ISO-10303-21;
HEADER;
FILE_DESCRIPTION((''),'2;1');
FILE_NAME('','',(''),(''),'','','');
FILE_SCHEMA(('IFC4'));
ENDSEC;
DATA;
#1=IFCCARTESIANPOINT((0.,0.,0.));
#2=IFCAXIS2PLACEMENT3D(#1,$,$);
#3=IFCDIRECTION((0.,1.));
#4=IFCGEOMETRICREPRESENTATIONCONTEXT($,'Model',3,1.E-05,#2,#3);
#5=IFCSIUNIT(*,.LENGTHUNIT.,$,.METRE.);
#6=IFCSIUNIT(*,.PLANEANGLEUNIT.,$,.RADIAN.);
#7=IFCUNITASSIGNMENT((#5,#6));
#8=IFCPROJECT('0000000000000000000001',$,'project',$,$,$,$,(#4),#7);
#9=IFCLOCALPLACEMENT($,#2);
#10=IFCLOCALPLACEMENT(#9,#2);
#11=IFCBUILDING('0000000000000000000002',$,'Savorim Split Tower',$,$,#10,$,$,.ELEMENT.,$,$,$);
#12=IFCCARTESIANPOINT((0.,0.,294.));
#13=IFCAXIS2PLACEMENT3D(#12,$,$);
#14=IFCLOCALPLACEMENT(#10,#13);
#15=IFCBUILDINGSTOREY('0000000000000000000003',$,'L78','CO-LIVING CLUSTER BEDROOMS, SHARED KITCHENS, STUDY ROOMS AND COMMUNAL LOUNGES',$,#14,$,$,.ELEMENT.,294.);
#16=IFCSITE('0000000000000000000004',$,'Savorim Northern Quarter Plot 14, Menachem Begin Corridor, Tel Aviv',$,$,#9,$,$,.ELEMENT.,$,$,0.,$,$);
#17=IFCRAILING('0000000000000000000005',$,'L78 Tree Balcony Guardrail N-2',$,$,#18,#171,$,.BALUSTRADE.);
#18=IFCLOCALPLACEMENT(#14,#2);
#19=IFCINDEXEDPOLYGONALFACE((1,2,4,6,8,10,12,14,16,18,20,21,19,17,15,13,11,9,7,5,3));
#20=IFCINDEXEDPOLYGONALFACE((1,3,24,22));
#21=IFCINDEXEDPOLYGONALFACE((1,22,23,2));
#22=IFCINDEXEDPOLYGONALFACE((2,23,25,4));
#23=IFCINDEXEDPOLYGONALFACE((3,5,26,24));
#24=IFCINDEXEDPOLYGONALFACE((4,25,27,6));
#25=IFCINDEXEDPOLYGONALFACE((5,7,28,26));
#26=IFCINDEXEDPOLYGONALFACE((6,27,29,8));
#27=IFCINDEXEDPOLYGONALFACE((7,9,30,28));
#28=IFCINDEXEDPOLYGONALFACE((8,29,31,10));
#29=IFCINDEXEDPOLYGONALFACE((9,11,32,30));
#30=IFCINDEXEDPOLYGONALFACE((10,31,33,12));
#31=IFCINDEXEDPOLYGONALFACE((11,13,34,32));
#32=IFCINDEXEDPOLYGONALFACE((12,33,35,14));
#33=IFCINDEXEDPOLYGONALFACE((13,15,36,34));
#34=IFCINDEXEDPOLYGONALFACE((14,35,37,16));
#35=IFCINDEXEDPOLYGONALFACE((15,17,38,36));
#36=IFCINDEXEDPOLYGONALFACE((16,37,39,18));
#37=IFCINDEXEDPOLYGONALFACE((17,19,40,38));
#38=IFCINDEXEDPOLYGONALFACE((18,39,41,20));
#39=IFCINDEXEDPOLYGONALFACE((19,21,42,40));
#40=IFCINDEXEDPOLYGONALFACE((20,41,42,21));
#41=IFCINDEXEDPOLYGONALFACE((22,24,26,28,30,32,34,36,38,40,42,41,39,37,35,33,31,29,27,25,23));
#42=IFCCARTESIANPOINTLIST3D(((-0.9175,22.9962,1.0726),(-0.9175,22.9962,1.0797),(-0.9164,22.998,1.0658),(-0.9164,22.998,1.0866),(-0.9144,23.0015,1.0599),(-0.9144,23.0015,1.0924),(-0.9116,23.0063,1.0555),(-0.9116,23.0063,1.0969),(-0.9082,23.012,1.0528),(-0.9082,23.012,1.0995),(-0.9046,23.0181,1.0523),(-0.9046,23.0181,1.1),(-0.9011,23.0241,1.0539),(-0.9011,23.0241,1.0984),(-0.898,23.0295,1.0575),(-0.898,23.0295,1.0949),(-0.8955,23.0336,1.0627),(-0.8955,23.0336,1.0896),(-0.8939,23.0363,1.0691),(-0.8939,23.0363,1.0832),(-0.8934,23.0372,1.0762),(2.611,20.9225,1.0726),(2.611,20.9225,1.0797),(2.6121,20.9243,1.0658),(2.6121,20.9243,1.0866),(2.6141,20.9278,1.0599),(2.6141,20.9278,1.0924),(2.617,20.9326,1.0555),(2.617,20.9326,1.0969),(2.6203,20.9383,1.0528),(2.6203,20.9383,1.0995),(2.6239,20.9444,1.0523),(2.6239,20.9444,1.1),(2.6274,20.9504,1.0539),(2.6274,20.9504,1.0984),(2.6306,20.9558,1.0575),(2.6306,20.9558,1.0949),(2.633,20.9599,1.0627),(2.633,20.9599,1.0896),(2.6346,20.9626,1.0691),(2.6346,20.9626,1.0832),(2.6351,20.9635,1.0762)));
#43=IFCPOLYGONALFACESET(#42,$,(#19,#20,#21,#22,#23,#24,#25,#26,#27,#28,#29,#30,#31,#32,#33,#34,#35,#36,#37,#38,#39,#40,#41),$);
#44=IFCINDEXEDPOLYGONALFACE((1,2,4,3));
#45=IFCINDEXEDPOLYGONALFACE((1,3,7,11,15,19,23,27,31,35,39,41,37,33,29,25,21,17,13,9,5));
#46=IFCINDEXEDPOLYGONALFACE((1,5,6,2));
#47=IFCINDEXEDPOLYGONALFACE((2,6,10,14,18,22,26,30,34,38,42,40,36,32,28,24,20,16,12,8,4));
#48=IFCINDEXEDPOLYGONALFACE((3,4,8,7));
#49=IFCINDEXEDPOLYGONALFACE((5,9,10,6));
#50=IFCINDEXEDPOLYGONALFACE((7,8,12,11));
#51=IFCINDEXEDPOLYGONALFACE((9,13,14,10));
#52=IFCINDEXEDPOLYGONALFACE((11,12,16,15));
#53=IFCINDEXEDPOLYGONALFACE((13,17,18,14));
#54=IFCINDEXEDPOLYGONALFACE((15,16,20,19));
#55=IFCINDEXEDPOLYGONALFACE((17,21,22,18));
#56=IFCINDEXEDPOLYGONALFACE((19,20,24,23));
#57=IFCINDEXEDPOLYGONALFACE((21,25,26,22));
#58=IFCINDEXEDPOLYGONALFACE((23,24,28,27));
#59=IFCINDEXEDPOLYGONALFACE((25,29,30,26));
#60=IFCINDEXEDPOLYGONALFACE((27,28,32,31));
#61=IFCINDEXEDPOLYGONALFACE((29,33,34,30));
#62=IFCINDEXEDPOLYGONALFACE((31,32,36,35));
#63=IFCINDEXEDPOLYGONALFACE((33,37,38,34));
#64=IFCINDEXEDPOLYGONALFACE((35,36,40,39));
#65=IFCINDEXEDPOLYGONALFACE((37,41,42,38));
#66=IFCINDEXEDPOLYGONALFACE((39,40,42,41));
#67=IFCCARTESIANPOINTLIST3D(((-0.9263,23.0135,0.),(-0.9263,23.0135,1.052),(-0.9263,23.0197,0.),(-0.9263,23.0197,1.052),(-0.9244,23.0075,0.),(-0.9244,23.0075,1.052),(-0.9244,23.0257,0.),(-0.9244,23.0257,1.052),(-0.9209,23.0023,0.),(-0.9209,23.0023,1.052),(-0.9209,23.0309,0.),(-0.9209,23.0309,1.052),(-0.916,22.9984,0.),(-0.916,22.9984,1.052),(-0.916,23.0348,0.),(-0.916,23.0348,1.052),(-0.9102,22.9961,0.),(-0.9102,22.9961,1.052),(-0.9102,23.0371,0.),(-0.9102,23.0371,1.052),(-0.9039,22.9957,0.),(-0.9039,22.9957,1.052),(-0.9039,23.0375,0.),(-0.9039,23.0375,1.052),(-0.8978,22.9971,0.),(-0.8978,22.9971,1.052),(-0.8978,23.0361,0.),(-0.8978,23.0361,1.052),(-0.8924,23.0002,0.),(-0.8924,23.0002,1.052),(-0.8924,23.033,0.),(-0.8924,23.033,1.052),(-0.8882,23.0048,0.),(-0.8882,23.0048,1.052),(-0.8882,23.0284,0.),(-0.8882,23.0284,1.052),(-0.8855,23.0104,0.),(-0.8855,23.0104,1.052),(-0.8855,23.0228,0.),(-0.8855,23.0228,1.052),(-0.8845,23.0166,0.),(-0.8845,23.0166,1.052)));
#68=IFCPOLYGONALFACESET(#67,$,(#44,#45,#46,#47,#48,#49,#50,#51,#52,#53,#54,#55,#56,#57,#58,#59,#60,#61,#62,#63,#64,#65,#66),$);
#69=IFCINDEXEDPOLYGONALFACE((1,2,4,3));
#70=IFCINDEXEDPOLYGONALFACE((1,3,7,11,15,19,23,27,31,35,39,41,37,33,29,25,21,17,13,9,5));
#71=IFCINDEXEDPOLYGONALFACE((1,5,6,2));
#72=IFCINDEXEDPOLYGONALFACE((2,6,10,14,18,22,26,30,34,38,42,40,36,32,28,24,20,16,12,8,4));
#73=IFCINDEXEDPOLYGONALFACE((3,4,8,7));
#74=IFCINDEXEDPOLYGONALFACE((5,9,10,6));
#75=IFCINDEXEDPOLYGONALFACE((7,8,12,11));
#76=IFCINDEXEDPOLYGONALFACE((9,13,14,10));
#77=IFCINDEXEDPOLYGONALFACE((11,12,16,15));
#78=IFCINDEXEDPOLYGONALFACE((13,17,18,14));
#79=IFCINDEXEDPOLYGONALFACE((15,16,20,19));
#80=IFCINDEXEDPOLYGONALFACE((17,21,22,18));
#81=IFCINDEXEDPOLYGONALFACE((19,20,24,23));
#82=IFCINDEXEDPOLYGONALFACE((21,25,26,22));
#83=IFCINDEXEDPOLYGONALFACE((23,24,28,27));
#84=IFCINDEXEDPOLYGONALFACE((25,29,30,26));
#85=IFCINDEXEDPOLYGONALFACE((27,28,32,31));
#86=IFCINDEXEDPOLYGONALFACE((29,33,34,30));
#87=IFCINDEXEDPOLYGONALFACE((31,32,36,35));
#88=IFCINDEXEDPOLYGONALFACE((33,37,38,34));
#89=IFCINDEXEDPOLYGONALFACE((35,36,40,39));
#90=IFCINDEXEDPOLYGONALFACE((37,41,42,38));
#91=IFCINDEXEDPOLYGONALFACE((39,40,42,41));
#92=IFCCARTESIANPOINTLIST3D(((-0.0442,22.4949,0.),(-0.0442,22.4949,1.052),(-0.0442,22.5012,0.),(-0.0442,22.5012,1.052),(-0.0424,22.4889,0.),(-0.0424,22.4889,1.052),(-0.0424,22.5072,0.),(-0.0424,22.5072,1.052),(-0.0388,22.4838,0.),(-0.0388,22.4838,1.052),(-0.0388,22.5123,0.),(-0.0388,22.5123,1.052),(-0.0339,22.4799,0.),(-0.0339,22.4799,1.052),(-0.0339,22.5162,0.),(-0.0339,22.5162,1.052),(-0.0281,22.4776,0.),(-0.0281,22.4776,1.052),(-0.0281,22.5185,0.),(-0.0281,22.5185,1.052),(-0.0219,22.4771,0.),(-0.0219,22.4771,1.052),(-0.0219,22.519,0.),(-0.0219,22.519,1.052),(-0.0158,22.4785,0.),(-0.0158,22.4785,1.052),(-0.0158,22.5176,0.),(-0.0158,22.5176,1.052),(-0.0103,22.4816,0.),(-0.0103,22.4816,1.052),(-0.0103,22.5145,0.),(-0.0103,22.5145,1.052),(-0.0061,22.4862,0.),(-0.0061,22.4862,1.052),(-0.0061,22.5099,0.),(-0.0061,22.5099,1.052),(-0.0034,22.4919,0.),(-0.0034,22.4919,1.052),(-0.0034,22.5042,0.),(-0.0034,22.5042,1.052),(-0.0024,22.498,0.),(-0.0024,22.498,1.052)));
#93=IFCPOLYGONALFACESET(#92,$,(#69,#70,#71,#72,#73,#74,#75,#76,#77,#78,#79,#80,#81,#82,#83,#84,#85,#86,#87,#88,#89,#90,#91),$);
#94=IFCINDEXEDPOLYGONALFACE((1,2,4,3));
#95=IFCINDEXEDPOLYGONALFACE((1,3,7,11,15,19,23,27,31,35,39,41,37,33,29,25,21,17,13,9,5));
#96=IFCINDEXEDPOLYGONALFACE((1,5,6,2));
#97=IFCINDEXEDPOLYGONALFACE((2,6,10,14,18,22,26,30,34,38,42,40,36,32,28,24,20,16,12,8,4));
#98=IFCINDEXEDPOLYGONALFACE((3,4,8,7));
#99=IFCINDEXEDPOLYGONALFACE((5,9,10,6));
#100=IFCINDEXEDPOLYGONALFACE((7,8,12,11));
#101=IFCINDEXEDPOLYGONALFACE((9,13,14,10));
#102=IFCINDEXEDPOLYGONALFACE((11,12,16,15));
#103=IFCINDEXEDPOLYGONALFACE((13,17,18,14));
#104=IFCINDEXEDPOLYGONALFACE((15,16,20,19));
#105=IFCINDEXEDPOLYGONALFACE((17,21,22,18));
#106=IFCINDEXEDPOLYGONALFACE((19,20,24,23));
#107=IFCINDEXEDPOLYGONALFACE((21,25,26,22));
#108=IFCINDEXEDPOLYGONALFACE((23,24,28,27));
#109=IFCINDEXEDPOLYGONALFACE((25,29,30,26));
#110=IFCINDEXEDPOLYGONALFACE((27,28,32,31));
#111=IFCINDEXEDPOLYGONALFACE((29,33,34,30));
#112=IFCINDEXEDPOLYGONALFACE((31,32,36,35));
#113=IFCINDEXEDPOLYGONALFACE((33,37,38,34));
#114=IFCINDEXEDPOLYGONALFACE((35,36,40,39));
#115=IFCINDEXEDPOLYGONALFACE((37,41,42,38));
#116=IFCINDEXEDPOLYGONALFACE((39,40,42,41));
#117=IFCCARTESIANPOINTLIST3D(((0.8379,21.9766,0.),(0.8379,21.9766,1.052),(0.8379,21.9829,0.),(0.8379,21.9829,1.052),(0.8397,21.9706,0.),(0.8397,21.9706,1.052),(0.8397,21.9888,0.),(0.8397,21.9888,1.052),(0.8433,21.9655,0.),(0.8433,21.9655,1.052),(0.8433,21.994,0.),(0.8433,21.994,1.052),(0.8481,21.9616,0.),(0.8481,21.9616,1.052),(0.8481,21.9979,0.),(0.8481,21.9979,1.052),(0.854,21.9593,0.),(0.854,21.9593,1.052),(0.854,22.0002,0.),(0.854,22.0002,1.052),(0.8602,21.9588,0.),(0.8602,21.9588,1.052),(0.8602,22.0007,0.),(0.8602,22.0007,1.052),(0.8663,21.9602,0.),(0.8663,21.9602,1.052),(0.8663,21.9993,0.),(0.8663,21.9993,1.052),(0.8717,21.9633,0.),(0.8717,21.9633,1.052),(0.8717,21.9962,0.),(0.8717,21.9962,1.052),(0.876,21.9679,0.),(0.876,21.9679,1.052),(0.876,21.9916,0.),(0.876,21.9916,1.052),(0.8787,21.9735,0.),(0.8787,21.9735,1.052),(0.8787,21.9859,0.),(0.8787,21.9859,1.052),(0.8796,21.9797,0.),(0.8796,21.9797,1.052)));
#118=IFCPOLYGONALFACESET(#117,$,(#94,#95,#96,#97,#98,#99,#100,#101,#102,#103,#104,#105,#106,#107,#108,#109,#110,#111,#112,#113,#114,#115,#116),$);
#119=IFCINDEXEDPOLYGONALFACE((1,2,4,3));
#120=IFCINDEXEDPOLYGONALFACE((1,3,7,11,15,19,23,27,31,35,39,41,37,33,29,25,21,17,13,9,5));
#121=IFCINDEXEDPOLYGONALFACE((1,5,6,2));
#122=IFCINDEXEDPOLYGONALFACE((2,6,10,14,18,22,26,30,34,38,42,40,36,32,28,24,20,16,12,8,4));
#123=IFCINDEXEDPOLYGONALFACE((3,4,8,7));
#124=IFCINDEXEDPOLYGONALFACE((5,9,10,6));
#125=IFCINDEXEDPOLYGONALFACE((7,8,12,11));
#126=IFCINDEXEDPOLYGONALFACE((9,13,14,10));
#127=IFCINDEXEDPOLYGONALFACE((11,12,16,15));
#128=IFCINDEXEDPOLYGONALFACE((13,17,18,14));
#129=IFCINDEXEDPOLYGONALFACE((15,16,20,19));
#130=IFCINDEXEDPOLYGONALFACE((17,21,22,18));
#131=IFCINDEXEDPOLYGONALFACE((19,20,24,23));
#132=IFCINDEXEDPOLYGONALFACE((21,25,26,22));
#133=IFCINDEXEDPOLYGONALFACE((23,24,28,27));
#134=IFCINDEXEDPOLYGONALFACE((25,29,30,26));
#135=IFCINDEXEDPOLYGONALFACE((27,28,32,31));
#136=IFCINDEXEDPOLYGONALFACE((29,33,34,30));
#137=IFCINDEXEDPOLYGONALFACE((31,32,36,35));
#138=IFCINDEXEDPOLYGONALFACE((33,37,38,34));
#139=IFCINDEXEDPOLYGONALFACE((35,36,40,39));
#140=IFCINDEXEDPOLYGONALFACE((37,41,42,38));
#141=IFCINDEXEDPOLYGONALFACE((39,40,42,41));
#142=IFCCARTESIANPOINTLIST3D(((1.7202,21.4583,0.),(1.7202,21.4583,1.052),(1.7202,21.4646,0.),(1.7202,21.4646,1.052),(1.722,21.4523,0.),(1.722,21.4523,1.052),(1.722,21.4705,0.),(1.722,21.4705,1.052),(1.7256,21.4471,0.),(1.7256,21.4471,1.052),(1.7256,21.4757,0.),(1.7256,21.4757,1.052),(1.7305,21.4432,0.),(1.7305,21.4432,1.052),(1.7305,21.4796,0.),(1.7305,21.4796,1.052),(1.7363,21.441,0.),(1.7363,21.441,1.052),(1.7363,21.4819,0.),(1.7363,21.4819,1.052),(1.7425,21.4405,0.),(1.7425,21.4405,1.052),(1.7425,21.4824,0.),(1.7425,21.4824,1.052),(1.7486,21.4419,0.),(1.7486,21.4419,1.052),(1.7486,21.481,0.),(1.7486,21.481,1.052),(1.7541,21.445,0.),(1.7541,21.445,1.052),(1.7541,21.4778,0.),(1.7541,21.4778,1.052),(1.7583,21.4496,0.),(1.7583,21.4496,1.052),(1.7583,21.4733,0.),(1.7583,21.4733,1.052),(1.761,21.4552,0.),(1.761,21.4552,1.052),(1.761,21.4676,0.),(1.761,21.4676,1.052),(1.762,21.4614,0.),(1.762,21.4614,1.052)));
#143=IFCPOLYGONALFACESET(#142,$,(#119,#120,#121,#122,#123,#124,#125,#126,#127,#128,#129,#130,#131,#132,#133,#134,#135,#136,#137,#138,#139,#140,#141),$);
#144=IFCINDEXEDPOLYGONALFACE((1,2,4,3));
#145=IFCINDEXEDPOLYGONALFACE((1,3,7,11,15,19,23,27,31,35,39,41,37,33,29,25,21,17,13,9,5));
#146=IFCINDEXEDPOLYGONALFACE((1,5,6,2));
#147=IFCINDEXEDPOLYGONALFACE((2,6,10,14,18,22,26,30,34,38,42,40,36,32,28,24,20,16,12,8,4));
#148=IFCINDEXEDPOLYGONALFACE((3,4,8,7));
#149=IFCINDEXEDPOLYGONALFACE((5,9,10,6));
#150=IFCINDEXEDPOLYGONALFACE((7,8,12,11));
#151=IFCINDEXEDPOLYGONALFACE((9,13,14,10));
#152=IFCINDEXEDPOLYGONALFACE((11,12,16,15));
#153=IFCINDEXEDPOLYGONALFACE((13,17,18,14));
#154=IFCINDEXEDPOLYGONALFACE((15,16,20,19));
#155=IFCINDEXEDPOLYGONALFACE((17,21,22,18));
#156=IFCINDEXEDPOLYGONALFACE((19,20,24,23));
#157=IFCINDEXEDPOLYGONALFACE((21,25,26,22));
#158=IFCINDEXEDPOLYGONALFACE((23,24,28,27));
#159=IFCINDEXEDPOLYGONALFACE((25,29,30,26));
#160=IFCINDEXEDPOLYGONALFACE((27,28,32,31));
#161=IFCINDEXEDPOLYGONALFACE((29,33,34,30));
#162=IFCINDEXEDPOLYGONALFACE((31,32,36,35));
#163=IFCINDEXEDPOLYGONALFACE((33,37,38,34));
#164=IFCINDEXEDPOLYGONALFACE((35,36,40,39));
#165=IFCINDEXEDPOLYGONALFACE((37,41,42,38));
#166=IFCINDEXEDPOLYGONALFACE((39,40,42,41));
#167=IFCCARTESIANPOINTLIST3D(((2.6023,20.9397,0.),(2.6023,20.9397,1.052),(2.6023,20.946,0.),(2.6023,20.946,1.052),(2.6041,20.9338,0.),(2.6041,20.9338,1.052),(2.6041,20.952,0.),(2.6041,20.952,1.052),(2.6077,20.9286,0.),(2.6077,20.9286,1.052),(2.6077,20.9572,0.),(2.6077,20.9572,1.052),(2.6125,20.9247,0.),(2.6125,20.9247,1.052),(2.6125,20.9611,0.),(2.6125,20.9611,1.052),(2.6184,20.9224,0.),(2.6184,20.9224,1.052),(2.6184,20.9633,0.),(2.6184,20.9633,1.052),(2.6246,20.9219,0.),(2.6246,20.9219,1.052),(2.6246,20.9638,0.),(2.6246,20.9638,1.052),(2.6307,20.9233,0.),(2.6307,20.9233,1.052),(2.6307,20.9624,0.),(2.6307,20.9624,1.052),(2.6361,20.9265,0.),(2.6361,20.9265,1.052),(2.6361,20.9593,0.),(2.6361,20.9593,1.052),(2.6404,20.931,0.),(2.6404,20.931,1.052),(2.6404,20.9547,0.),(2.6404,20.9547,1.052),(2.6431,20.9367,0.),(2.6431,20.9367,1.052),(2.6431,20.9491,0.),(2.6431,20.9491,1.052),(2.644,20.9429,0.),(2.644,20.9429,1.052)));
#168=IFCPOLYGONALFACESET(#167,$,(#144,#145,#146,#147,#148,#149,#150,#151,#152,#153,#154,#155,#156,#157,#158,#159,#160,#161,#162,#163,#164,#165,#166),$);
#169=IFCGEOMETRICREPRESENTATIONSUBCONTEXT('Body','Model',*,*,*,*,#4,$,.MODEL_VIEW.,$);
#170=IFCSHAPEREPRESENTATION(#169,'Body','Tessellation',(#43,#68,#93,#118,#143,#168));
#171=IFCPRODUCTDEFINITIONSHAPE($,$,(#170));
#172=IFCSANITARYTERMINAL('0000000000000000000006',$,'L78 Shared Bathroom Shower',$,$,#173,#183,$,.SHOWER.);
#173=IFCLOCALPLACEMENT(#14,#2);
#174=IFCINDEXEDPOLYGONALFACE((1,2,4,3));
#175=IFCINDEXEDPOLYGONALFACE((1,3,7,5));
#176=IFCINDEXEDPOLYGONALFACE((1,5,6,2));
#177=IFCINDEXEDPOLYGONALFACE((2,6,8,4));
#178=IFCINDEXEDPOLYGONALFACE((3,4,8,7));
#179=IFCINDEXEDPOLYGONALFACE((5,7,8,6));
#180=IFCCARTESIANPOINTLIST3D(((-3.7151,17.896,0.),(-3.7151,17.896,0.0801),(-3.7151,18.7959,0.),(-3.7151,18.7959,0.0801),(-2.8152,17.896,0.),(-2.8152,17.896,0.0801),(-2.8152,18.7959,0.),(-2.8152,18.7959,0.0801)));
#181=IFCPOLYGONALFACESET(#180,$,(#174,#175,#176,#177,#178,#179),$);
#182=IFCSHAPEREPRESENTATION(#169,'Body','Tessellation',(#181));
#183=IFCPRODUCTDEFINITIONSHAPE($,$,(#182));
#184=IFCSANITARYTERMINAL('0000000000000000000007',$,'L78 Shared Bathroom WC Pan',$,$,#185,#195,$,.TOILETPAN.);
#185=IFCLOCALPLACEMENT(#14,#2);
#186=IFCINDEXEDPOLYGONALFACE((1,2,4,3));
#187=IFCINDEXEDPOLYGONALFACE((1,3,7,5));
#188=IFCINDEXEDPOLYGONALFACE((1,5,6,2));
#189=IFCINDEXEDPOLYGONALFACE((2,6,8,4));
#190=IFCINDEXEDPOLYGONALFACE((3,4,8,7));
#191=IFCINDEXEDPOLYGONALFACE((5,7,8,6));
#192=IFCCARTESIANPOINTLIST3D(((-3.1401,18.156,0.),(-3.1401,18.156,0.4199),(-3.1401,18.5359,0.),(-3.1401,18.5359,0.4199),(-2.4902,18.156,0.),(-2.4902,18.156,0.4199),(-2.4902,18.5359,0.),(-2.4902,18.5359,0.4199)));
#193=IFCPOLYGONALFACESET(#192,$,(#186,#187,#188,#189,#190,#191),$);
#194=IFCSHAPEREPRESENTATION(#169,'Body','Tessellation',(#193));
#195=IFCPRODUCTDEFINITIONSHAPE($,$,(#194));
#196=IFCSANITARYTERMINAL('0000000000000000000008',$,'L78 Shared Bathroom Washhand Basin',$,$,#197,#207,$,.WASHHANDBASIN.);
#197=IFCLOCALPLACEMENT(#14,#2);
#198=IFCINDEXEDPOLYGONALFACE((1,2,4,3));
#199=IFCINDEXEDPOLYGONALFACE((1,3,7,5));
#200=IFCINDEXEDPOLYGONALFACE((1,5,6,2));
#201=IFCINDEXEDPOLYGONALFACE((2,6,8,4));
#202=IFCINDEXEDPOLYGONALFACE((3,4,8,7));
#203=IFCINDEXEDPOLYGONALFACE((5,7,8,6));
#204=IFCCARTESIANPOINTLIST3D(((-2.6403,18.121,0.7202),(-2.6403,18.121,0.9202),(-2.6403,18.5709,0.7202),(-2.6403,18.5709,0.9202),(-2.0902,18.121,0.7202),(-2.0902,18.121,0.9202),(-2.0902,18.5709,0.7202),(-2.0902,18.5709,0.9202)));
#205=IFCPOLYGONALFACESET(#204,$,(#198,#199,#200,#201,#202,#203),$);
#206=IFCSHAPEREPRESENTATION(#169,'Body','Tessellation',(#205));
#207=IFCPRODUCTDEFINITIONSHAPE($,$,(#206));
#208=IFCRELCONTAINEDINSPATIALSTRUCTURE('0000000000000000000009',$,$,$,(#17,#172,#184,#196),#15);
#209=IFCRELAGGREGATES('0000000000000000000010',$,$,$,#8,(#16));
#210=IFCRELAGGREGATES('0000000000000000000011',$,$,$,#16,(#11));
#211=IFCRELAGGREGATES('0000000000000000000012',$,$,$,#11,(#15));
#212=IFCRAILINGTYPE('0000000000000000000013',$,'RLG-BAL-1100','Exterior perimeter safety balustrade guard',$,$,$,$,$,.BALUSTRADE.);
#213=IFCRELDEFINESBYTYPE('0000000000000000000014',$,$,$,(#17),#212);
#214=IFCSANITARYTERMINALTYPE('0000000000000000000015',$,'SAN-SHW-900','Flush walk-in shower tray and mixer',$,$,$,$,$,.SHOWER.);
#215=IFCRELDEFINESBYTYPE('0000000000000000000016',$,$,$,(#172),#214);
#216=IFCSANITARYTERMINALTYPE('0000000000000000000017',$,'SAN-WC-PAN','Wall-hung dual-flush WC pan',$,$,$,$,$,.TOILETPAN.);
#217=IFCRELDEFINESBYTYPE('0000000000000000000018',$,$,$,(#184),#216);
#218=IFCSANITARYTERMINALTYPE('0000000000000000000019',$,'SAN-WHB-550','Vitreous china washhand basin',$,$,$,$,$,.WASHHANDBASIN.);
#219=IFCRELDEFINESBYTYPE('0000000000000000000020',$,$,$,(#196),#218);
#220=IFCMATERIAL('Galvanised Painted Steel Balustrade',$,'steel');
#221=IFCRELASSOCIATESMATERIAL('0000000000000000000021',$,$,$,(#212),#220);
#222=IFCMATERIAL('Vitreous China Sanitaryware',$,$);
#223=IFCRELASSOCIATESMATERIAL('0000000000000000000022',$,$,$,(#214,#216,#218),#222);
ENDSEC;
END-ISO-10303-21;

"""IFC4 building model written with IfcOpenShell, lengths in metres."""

from ifc_helpers import new_model, si_unit, direction, frame, origin, origin_2d, place, context, subcontext, project, spatial, rectangle, circle, extrude, material, type_object, element, save


model = new_model("IFC4")

# Units and contexts
model_context = context("Model", 3, precision=1e-05, world=origin(), true_north=direction((0.0, 1.0)))
body_context = subcontext(model_context, "Body", "Model", "MODEL_VIEW")
ifc_project = project(units=[si_unit("LENGTHUNIT", "METRE"), si_unit("PLANEANGLEUNIT", "RADIAN")], contexts=[model_context])

# Site, building, storey
site_placement = place(None, origin())
site = spatial("IfcSite", under=ifc_project, at=site_placement, Name="Savorim Northern Quarter Plot 14, Menachem Begin Corridor, Tel Aviv", CompositionType="ELEMENT", RefElevation=0.0)
building_placement = place(site_placement, origin())
building = spatial("IfcBuilding", under=site, at=building_placement, Name="Savorim Split Tower", CompositionType="ELEMENT")
storey_placement = place(building_placement, frame((0.0, 0.0, 294.0)))
storey = spatial("IfcBuildingStorey", under=building, at=storey_placement, Name="L78", Description="CO-LIVING CLUSTER BEDROOMS, SHARED KITCHENS, STUDY ROOMS AND COMMUNAL LOUNGES", CompositionType="ELEMENT", Elevation=294.0)

# Railing
ifc_material_1 = material(Name="Galvanised Painted Steel Balustrade", Category="steel")
railing_type = type_object("IfcRailingType", Name="RLG-BAL-1100", Description="Exterior perimeter safety balustrade guard", PredefinedType="BALUSTRADE", material=ifc_material_1)
railing_1_placement = place(storey_placement, frame((-0.9055, 23.0166, 0.0)))
element("IfcRailing", 1, at=railing_1_placement, inside=storey, type_object=railing_type, Name="L78 Tree Balcony Guardrail N-2", PredefinedType="BALUSTRADE", context=body_context, shape_type="SweptSolid", body=[
    extrude(circle(Radius=0.0239, at=origin_2d()), frame((0.0, 0.0, 1.0762), z_axis=(0.862137, -0.506676, 0.0), x_axis=(0.506676, 0.862137, 0.0)), (0.0, 0.0, 1.0), 4.0928),
    extrude(circle(Radius=0.021, at=origin_2d()), origin(), (0.0, 0.0, 1.0), 1.052),
    extrude(circle(Radius=0.021, at=origin_2d()), frame((0.8821, -0.5186, 0.0)), (0.0, 0.0, 1.0), 1.052),
    extrude(circle(Radius=0.021, at=origin_2d()), frame((1.7642, -1.0369, 0.0)), (0.0, 0.0, 1.0), 1.052),
    extrude(circle(Radius=0.021, at=origin_2d()), frame((2.6465, -1.5552, 0.0)), (0.0, 0.0, 1.0), 1.052),
    extrude(circle(Radius=0.021, at=origin_2d()), frame((3.5286, -2.0737, 0.0)), (0.0, 0.0, 1.0), 1.052),
])

# Sanitary terminals
ifc_material_2 = material(Name="Vitreous China Sanitaryware")
sanitary_terminal_type_1 = type_object("IfcSanitaryTerminalType", Name="SAN-SHW-900", Description="Flush walk-in shower tray and mixer", PredefinedType="SHOWER", material=ifc_material_2)
sanitary_terminal_1_placement = place(storey_placement, frame((-3.2651, 18.3459, 0.0), z_axis=(0.0, 0.0, 1.0), x_axis=(1.0, 0.0, 0.0)))
element("IfcSanitaryTerminal", 2, at=sanitary_terminal_1_placement, inside=storey, type_object=sanitary_terminal_type_1, Name="L78 Shared Bathroom Shower", PredefinedType="SHOWER", context=body_context, shape_type="SweptSolid", body=[
    extrude(rectangle(XDim=0.8999, YDim=0.8999, at=origin_2d()), origin(), (0.0, 0.0, 1.0), 0.0801),
])
sanitary_terminal_type_2 = type_object("IfcSanitaryTerminalType", Name="SAN-WC-PAN", Description="Wall-hung dual-flush WC pan", PredefinedType="TOILETPAN", material=ifc_material_2)
sanitary_terminal_2_placement = place(storey_placement, frame((-2.8152, 18.3459, 0.0), z_axis=(0.0, 0.0, 1.0), x_axis=(1.0, 0.0, 0.0)))
element("IfcSanitaryTerminal", 3, at=sanitary_terminal_2_placement, inside=storey, type_object=sanitary_terminal_type_2, Name="L78 Shared Bathroom WC Pan", PredefinedType="TOILETPAN", context=body_context, shape_type="SweptSolid", body=[
    extrude(rectangle(XDim=0.6499, YDim=0.3799, at=origin_2d()), origin(), (0.0, 0.0, 1.0), 0.4199),
])
sanitary_terminal_type_3 = type_object("IfcSanitaryTerminalType", Name="SAN-WHB-550", Description="Vitreous china washhand basin", PredefinedType="WASHHANDBASIN", material=ifc_material_2)
sanitary_terminal_3_placement = place(storey_placement, frame((-2.3652, 18.3459, 0.7202), z_axis=(0.0, 0.0, 1.0), x_axis=(1.0, 0.0, 0.0)))
element("IfcSanitaryTerminal", 4, at=sanitary_terminal_3_placement, inside=storey, type_object=sanitary_terminal_type_3, Name="L78 Shared Bathroom Washhand Basin", PredefinedType="WASHHANDBASIN", context=body_context, shape_type="SweptSolid", body=[
    extrude(rectangle(XDim=0.55, YDim=0.45, at=origin_2d()), origin(), (0.0, 0.0, 1.0), 0.2),
])

save(model, "model.ifc")
